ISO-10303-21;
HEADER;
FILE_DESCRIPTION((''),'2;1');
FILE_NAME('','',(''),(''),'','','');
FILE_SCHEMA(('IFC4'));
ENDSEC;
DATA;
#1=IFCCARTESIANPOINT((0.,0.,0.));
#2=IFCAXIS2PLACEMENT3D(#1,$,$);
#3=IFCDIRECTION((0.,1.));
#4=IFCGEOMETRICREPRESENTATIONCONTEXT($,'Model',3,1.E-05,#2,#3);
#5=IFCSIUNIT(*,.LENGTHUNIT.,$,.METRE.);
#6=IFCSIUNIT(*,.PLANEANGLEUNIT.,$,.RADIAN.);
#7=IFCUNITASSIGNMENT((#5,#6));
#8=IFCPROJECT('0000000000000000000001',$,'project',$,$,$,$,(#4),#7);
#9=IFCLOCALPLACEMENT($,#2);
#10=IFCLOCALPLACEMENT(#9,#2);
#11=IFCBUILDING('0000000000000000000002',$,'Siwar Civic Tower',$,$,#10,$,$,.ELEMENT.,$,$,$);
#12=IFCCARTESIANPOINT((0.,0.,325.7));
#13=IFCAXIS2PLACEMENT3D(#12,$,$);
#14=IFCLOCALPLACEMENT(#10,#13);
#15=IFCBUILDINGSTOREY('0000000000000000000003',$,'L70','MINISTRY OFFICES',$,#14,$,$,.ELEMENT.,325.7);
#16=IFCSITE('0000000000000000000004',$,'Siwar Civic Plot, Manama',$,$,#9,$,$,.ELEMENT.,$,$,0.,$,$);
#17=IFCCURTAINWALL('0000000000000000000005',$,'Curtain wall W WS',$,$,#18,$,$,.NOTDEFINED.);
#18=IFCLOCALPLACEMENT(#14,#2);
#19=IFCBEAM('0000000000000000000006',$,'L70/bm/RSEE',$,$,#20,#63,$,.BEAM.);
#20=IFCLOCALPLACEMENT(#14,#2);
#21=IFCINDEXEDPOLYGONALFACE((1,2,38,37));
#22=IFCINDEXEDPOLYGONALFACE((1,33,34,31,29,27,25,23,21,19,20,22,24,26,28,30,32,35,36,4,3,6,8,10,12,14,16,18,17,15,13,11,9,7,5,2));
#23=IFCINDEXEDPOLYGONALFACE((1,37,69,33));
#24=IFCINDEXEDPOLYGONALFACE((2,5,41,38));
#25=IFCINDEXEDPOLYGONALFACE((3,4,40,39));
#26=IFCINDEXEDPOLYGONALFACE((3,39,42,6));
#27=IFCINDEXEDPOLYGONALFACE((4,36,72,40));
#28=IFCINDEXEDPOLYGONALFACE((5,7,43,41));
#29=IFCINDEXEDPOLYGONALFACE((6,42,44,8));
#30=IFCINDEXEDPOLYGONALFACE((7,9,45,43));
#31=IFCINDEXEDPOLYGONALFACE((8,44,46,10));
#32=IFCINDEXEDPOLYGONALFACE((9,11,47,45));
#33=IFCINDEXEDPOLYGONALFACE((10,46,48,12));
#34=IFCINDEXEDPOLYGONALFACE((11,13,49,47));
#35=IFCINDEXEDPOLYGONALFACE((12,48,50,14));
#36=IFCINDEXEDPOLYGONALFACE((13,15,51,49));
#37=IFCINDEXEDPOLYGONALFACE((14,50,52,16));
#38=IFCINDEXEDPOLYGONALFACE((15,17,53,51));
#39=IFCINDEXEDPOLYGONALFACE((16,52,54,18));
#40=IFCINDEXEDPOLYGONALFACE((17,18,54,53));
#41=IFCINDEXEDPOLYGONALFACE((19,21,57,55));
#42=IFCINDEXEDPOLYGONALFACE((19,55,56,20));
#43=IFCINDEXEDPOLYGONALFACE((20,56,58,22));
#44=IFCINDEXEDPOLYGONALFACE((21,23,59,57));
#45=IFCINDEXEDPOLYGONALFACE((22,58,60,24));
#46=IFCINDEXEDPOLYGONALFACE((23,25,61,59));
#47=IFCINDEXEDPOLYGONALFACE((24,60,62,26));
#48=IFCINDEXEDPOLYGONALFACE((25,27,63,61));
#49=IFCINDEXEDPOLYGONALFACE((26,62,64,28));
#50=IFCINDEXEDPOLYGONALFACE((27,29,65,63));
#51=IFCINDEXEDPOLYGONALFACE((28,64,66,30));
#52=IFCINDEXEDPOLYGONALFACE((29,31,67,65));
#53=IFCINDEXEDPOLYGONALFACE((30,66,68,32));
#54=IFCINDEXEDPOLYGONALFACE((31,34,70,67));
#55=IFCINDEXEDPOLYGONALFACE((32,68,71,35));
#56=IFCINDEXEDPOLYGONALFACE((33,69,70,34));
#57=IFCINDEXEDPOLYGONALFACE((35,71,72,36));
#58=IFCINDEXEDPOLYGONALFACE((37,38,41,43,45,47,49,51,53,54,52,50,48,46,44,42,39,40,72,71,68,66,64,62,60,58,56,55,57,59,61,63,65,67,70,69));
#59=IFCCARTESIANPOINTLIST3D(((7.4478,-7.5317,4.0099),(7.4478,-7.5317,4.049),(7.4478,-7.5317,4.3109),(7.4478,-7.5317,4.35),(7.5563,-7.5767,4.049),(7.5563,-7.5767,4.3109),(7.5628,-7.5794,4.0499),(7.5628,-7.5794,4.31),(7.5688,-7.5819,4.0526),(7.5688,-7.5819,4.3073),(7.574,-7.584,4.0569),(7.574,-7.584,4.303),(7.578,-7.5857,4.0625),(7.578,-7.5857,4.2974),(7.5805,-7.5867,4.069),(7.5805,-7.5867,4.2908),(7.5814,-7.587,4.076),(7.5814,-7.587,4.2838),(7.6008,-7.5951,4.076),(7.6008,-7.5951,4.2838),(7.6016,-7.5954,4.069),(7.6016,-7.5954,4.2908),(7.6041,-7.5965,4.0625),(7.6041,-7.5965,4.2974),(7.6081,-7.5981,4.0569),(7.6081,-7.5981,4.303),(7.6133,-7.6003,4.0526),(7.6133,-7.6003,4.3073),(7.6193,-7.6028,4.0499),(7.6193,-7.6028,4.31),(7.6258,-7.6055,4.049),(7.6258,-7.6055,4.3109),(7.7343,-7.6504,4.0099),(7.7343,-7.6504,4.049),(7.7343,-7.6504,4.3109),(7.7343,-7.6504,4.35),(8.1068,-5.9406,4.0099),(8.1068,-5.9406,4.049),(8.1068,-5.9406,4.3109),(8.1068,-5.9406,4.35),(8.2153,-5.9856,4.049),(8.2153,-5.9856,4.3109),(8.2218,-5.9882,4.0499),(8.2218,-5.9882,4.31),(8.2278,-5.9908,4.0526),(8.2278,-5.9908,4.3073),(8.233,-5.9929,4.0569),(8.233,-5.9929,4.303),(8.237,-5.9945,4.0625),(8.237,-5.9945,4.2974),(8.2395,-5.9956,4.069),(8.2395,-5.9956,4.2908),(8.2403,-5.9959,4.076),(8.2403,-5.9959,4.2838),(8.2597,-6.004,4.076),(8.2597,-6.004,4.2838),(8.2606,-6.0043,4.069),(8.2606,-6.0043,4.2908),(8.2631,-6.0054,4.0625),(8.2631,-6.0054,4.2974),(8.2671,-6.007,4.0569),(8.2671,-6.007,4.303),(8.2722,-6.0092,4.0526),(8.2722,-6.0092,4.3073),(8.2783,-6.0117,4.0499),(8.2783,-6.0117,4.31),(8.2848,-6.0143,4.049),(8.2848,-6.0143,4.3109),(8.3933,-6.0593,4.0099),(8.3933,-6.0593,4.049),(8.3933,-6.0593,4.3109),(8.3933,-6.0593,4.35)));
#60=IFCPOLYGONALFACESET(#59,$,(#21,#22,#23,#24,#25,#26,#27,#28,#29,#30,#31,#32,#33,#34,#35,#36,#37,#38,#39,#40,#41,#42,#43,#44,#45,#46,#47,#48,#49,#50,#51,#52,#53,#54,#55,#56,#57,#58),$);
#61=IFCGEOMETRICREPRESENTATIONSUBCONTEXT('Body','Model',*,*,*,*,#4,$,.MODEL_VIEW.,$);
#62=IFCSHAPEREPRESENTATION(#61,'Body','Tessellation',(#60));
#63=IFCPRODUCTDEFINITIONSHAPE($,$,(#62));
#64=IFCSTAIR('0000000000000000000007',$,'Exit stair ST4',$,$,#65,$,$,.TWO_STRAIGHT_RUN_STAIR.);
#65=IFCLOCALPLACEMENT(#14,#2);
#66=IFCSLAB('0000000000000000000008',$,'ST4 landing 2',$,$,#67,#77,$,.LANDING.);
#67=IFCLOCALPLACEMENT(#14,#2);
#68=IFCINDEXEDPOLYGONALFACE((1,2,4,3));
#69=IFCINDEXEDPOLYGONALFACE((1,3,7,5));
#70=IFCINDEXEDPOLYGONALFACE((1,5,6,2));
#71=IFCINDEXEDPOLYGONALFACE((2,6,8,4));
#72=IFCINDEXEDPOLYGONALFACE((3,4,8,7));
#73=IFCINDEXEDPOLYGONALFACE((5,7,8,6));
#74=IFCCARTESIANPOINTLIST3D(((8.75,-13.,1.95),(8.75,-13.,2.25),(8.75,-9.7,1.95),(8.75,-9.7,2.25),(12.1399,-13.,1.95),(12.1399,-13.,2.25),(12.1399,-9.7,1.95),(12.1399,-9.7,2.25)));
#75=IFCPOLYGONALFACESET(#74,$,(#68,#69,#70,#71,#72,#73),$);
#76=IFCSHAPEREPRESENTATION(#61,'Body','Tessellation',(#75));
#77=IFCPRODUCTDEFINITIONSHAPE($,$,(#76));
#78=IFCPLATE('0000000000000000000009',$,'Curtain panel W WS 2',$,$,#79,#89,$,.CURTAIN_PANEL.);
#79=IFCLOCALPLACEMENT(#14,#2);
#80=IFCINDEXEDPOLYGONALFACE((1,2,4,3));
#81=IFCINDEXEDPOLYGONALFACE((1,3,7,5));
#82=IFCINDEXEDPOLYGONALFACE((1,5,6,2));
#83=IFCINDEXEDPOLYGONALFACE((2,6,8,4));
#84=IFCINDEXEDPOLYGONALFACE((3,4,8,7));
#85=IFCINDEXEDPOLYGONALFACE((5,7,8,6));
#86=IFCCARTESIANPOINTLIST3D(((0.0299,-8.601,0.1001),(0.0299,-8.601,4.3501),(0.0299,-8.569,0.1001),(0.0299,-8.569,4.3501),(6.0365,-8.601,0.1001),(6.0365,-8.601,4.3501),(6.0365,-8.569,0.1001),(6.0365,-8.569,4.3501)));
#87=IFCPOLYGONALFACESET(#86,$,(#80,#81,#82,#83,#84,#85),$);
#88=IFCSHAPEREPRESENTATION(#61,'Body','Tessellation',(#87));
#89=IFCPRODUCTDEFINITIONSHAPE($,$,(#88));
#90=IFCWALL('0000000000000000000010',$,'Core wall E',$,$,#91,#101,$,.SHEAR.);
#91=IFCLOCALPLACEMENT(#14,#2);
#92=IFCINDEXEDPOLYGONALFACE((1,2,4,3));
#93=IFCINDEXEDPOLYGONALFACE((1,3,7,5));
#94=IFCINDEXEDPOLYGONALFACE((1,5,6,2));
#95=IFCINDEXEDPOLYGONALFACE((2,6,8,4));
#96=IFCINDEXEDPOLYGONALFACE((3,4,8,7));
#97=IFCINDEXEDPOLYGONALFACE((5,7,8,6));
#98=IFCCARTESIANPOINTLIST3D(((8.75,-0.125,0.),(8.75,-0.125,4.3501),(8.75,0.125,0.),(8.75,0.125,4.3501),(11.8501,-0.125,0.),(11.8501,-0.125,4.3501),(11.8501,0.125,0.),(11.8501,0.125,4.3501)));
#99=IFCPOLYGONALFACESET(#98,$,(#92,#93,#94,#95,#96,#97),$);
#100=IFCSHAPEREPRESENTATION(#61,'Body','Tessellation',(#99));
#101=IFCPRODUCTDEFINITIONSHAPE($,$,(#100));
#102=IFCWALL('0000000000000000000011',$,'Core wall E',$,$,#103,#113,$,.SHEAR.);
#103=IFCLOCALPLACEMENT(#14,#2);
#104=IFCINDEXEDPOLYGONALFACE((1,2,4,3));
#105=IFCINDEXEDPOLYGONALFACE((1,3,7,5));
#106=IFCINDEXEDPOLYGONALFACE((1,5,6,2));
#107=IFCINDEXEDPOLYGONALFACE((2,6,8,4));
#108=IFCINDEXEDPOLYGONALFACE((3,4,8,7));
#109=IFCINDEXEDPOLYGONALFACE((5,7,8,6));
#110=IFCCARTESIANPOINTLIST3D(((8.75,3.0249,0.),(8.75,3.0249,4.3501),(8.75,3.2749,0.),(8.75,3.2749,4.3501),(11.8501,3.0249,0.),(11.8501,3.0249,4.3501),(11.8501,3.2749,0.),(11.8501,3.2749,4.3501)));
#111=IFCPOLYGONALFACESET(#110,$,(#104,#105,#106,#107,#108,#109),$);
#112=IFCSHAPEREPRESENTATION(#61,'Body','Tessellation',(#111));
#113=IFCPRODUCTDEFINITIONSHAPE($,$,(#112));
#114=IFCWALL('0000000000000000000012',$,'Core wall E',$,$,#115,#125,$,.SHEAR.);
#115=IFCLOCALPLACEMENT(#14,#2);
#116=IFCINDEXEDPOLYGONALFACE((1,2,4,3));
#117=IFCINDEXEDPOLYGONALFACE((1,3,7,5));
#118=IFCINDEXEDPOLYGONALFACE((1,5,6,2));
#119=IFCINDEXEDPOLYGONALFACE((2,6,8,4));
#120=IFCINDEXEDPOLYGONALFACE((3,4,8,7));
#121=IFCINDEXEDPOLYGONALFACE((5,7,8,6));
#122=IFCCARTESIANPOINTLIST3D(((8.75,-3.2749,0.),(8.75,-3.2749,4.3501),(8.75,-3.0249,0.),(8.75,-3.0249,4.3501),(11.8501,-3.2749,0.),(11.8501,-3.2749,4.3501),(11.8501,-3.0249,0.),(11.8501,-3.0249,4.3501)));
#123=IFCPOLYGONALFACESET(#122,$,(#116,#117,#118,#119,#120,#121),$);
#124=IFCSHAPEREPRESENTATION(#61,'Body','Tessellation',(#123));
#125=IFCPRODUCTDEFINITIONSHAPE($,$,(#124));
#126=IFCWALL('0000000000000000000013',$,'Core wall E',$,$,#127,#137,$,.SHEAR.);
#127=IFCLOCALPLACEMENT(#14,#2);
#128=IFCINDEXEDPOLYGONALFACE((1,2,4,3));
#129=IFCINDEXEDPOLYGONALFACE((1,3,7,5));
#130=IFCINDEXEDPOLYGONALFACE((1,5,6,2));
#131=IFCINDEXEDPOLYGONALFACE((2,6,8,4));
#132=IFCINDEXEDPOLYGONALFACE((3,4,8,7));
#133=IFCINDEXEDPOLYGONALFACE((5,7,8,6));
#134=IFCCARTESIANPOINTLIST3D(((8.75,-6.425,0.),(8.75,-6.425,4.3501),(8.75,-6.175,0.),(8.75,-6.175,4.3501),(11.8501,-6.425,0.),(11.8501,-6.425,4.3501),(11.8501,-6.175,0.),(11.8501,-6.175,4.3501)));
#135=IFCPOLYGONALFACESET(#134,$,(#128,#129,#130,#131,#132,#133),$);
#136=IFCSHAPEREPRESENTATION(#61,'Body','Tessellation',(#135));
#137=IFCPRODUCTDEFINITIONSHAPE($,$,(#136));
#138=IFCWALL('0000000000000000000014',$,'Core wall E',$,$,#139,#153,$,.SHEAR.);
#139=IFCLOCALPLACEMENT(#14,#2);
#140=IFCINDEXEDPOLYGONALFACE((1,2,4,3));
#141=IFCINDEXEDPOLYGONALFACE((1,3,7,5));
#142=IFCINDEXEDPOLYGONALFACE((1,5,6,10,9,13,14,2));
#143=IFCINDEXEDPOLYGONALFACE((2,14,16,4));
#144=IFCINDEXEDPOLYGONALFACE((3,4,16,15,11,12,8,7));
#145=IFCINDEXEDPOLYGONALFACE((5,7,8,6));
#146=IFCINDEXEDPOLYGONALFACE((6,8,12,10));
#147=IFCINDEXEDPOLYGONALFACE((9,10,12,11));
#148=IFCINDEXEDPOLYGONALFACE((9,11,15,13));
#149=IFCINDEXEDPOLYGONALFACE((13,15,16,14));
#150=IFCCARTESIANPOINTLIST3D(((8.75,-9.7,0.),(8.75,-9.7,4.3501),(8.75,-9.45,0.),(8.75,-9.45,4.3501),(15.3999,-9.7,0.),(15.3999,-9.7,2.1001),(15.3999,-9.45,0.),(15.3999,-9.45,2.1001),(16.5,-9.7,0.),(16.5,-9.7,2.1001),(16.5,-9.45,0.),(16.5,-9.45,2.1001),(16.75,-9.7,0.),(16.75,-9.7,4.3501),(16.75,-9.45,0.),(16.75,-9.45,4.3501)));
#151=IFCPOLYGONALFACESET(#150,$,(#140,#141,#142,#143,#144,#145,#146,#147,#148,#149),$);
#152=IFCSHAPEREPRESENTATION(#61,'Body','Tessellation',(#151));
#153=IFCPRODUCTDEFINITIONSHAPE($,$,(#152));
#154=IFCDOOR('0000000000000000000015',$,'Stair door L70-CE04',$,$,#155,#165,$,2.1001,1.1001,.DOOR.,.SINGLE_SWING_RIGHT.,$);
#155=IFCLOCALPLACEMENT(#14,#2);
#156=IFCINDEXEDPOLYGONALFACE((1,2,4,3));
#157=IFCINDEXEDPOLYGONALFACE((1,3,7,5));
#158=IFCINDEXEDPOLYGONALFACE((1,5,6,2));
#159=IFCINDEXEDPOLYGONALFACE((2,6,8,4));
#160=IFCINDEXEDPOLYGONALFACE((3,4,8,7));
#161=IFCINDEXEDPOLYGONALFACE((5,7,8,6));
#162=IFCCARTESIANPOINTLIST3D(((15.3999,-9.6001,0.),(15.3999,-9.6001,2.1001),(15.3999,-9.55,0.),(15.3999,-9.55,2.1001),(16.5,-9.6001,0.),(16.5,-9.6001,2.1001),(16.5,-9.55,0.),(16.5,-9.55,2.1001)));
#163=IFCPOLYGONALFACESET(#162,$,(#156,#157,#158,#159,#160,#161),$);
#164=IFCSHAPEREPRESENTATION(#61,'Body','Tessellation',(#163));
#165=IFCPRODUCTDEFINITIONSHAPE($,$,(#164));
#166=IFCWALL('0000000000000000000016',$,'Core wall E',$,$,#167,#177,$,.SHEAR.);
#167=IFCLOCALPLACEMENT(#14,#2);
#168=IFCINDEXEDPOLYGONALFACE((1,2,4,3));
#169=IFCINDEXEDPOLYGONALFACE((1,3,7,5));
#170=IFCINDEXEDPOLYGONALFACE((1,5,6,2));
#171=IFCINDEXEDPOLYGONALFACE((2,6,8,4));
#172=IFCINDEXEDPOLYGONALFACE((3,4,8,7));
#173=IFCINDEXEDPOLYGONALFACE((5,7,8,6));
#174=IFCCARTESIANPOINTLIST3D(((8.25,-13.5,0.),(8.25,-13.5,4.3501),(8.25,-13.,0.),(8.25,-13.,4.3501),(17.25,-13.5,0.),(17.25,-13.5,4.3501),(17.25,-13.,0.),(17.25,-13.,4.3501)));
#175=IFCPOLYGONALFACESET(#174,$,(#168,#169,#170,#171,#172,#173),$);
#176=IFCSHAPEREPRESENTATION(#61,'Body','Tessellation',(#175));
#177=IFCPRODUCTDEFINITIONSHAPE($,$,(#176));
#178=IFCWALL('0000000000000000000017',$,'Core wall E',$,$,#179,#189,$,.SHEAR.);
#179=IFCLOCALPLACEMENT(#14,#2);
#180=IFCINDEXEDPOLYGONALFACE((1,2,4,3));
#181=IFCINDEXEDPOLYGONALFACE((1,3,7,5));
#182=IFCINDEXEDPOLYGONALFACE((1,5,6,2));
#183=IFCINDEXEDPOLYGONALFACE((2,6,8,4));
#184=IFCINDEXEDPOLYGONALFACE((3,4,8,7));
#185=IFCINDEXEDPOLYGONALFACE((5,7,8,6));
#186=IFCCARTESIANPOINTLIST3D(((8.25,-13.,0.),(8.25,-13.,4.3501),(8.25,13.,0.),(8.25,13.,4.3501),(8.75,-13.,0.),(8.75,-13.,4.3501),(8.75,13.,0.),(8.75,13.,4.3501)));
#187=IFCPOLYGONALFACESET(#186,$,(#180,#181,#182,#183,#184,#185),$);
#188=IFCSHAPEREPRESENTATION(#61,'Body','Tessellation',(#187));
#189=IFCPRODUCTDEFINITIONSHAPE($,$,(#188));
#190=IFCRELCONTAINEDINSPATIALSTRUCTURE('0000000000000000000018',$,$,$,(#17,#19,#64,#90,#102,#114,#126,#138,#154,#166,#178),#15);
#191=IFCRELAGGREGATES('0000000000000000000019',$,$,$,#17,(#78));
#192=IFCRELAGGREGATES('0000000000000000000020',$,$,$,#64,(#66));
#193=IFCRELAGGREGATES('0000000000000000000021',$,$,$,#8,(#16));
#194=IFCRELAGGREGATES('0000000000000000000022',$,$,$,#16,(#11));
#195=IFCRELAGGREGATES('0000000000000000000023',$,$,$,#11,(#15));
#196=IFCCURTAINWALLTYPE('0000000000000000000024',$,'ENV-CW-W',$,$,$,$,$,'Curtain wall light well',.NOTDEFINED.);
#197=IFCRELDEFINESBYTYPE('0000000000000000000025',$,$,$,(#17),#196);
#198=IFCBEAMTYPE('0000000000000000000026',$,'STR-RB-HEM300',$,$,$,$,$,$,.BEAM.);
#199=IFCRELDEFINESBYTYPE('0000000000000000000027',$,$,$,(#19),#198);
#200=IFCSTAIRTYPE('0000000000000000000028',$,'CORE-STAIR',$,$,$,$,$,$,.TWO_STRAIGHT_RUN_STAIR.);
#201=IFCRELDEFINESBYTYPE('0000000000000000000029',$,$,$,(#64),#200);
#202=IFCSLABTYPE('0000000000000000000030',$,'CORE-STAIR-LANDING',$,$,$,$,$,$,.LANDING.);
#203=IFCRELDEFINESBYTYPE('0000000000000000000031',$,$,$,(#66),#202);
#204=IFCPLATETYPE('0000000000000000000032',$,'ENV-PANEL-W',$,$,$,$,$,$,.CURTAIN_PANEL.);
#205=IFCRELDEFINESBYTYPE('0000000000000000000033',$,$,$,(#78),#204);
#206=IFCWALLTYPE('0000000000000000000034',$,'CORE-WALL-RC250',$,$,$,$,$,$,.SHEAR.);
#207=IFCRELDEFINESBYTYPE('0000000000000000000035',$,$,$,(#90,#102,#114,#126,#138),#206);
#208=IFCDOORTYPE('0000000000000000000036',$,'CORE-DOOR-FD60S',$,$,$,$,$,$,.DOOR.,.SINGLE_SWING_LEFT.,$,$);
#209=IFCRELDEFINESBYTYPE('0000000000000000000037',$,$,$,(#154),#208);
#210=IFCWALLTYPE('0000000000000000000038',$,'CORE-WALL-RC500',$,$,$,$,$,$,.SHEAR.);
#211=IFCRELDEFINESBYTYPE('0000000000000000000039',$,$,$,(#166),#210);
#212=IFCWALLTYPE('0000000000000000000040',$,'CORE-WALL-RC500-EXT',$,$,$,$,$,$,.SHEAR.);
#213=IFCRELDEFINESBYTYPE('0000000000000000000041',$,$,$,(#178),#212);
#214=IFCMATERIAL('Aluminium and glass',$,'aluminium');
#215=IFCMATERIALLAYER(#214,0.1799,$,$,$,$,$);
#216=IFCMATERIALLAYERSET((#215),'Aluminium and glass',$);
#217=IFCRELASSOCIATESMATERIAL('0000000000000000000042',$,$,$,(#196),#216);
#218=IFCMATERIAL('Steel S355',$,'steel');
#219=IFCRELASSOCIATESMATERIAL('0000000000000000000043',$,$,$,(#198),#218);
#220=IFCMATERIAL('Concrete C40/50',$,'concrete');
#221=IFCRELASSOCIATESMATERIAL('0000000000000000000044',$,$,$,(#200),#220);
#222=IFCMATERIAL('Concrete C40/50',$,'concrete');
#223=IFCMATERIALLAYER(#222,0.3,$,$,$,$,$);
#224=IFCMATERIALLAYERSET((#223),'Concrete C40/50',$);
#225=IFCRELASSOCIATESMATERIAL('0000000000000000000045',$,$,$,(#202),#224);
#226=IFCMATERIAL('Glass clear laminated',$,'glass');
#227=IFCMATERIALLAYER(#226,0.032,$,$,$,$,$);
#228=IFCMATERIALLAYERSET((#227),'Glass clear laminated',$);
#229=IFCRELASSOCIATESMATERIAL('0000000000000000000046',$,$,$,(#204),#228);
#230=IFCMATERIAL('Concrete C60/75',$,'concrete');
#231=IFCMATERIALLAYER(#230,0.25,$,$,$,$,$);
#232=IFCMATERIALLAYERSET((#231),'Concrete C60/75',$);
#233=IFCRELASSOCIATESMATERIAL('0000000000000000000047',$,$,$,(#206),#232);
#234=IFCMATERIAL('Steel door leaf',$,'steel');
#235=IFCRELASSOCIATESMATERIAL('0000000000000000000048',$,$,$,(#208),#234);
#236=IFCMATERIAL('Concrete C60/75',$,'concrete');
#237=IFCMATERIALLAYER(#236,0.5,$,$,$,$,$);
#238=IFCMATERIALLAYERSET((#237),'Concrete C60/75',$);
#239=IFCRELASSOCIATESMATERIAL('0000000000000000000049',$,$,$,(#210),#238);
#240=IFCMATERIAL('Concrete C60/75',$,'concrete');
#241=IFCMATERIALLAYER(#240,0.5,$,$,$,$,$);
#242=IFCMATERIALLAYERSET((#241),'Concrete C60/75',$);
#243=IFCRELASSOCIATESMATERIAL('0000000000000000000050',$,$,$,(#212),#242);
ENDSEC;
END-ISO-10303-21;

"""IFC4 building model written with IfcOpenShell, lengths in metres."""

from ifc_helpers import new_model, si_unit, direction, frame, frame_2d, origin, origin_2d, place, context, subcontext, project, spatial, polyline, rectangle, i_section, outline, extrude, material, layer, layer_set, material_profile, profile_set, type_object, element, fill, aggregate, save


model = new_model("IFC4")

# Units and contexts
model_context = context("Model", 3, precision=1e-05, world=origin(), true_north=direction((0.0, 1.0)))
body_context = subcontext(model_context, "Body", "Model", "MODEL_VIEW")
ifc_project = project(units=[si_unit("LENGTHUNIT", "METRE"), si_unit("PLANEANGLEUNIT", "RADIAN")], contexts=[model_context])

# Site, building, storey
site_placement = place(None, origin())
site = spatial("IfcSite", under=ifc_project, at=site_placement, Name="Siwar Civic Plot, Manama", CompositionType="ELEMENT", RefElevation=0.0)
building_placement = place(site_placement, origin())
building = spatial("IfcBuilding", under=site, at=building_placement, Name="Siwar Civic Tower", CompositionType="ELEMENT")
storey_placement = place(building_placement, frame((0.0, 0.0, 325.7)))
storey = spatial("IfcBuildingStorey", under=building, at=storey_placement, Name="L70", Description="MINISTRY OFFICES", CompositionType="ELEMENT", Elevation=325.7)

# Curtain wall
ifc_material_1 = material(Name="Aluminium and glass", Category="aluminium")
ifc_layer_1 = layer(ifc_material_1, 0.1799)
ifc_layer_set_1 = layer_set([ifc_layer_1], Name="Aluminium and glass")
curtain_wall_type = type_object("IfcCurtainWallType", Name="ENV-CW-W", ElementType="Curtain wall light well", PredefinedType="NOTDEFINED", material=ifc_layer_set_1)
curtain_wall_placement = place(storey_placement, origin())
curtain_wall = element("IfcCurtainWall", 1, at=curtain_wall_placement, inside=storey, type_object=curtain_wall_type, Name="Curtain wall W WS", PredefinedType="NOTDEFINED")

# Beam
ifc_material_2 = material(Name="Steel S355", Category="steel")
ifc_material_profile_1 = material_profile(ifc_material_2, i_section(OverallWidth=0.3101, OverallDepth=0.3401, WebThickness=0.021, FlangeThickness=0.0391, FilletRadius=0.0271, at=origin_2d()), Name="HEM300")
ifc_profile_set_1 = profile_set([ifc_material_profile_1], Name="Steel S355")
beam_type_1 = type_object("IfcBeamType", Name="STR-RB-HEM300", PredefinedType="BEAM", material=ifc_profile_set_1)
for number, where, z_axis, x_axis, name in (
    (2, (7.5911, -7.5911, 4.1799), (0.382631, 0.923901, 0.0), (-0.923901, 0.382631, 0.0), "L70/bm/RSEE"),
):
    element("IfcBeam", number, at=place(storey_placement, frame(where, z_axis=z_axis, x_axis=x_axis)), inside=storey, type_object=beam_type_1, Name=name, PredefinedType="BEAM", context=body_context, shape_type="SweptSolid", body=[
        extrude(i_section(OverallWidth=0.3101, OverallDepth=0.3401, WebThickness=0.021, FlangeThickness=0.0391, FilletRadius=0.0271, at=origin_2d()), origin(), (0.0, 0.0, 1.0), 1.7222),
    ])

# Stair, slab
ifc_material_3 = material(Name="Concrete C40/50", Category="concrete")
stair_type = type_object("IfcStairType", Name="CORE-STAIR", PredefinedType="TWO_STRAIGHT_RUN_STAIR", material=ifc_material_3)
stair_placement = place(storey_placement, origin())
stair = element("IfcStair", 3, at=stair_placement, inside=storey, type_object=stair_type, Name="Exit stair ST4", PredefinedType="TWO_STRAIGHT_RUN_STAIR")
ifc_material_4 = material(Name="Concrete C40/50", Category="concrete")
ifc_layer_2 = layer(ifc_material_4, 0.3)
ifc_layer_set_2 = layer_set([ifc_layer_2], Name="Concrete C40/50")
slab_type_1 = type_object("IfcSlabType", Name="CORE-STAIR-LANDING", PredefinedType="LANDING", material=ifc_layer_set_2)
slab_1_placement = place(storey_placement, frame((0.0, 0.0, 1.95)))
slab_1 = element("IfcSlab", 4, at=slab_1_placement, type_object=slab_type_1, Name="ST4 landing 2", PredefinedType="LANDING", context=body_context, shape_type="SweptSolid", body=[
    extrude(outline(polyline([(8.75, -13.0), (12.1399, -13.0), (12.1399, -9.7), (8.75, -9.7), (8.75, -13.0)])), origin(), (0.0, 0.0, 1.0), 0.3),
])

# Plate
ifc_material_5 = material(Name="Glass clear laminated", Category="glass")
ifc_layer_3 = layer(ifc_material_5, 0.032)
ifc_layer_set_3 = layer_set([ifc_layer_3], Name="Glass clear laminated")
plate_type = type_object("IfcPlateType", Name="ENV-PANEL-W", PredefinedType="CURTAIN_PANEL", material=ifc_layer_set_3)
plate_placement = place(storey_placement, frame((3.0332, -8.585, 0.1001), z_axis=(0.0, 0.0, 1.0), x_axis=(1.0, 0.0, 0.0)))
plate = element("IfcPlate", 5, at=plate_placement, type_object=plate_type, Name="Curtain panel W WS 2", PredefinedType="CURTAIN_PANEL", context=body_context, shape_type="SweptSolid", body=[
    extrude(rectangle(XDim=6.0066, YDim=0.032, at=origin_2d()), origin(), (0.0, 0.0, 1.0), 4.25),
])
aggregate(curtain_wall, [plate])

# Walls
ifc_material_6 = material(Name="Concrete C60/75", Category="concrete")
ifc_layer_4 = layer(ifc_material_6, 0.25)
ifc_layer_set_4 = layer_set([ifc_layer_4], Name="Concrete C60/75")
wall_type_1 = type_object("IfcWallType", Name="CORE-WALL-RC250", PredefinedType="SHEAR", material=ifc_layer_set_4)
for number, where, z_axis, x_axis, name in (
    (6, (8.75, 0.0, 0.0), (0.0, 0.0, 1.0), (1.0, 0.0, 0.0), "Core wall E"),
    (7, (8.75, 3.1499, 0.0), (0.0, 0.0, 1.0), (1.0, 0.0, 0.0), "Core wall E"),
    (8, (8.75, -3.1499, 0.0), (0.0, 0.0, 1.0), (1.0, 0.0, 0.0), "Core wall E"),
    (9, (8.75, -6.3, 0.0), (0.0, 0.0, 1.0), (1.0, 0.0, 0.0), "Core wall E"),
):
    element("IfcWall", number, at=place(storey_placement, frame(where, z_axis=z_axis, x_axis=x_axis)), inside=storey, type_object=wall_type_1, Name=name, PredefinedType="SHEAR", context=body_context, shape_type="SweptSolid", body=[
        extrude(rectangle(XDim=3.1001, YDim=0.25, at=frame_2d((1.55, 0.0))), origin(), (0.0, 0.0, 1.0), 4.3501),
    ])

# Wall, opening, door
wall_1_placement = place(storey_placement, frame((8.75, -9.575, 0.0), z_axis=(0.0, 0.0, 1.0), x_axis=(1.0, 0.0, 0.0)))
wall_1 = element("IfcWall", 10, at=wall_1_placement, inside=storey, type_object=wall_type_1, Name="Core wall E", PredefinedType="SHEAR", context=body_context, shape_type="SweptSolid", body=[
    extrude(rectangle(XDim=8.0, YDim=0.25, at=frame_2d((4.0, 0.0))), origin(), (0.0, 0.0, 1.0), 4.3501),
])
opening_placement = place(wall_1_placement, frame((6.6499, 0.0, 0.0)))
opening = element("IfcOpeningElement", 11, at=opening_placement, cuts=wall_1, PredefinedType="OPENING", context=body_context, shape_type="SweptSolid", body=[
    extrude(rectangle(XDim=1.1001, YDim=2.1001, at=frame_2d((0.55, 1.05))), frame((0.0, 0.135, 0.0), z_axis=(0.0, -1.0, 0.0), x_axis=(1.0, 0.0, 0.0)), (0.0, 0.0, 1.0), 0.27),
])
ifc_material_7 = material(Name="Steel door leaf", Category="steel")
door_type = type_object("IfcDoorType", Name="CORE-DOOR-FD60S", OperationType="SINGLE_SWING_LEFT", PredefinedType="DOOR", material=ifc_material_7)
door_placement = place(opening_placement, origin())
door = element("IfcDoor", 12, at=door_placement, inside=storey, type_object=door_type, Name="Stair door L70-CE04", OperationType="SINGLE_SWING_RIGHT", OverallHeight=2.1001, OverallWidth=1.1001, PredefinedType="DOOR", context=body_context, shape_type="SweptSolid", body=[
    extrude(rectangle(XDim=1.1001, YDim=2.1001, at=frame_2d((0.55, 1.05))), frame((0.0, 0.0249, 0.0), z_axis=(0.0, -1.0, 0.0), x_axis=(1.0, 0.0, 0.0)), (0.0, 0.0, 1.0), 0.05),
])
fill(opening, door)

# Walls
ifc_material_8 = material(Name="Concrete C60/75", Category="concrete")
ifc_layer_5 = layer(ifc_material_8, 0.5)
ifc_layer_set_5 = layer_set([ifc_layer_5], Name="Concrete C60/75")
wall_type_2 = type_object("IfcWallType", Name="CORE-WALL-RC500", PredefinedType="SHEAR", material=ifc_layer_set_5)
wall_2_placement = place(storey_placement, frame((8.25, -13.25, 0.0), z_axis=(0.0, 0.0, 1.0), x_axis=(1.0, 0.0, 0.0)))
element("IfcWall", 13, at=wall_2_placement, inside=storey, type_object=wall_type_2, Name="Core wall E", PredefinedType="SHEAR", context=body_context, shape_type="SweptSolid", body=[
    extrude(rectangle(XDim=9.0, YDim=0.5, at=frame_2d((4.5, 0.0))), origin(), (0.0, 0.0, 1.0), 4.3501),
])
ifc_material_9 = material(Name="Concrete C60/75", Category="concrete")
ifc_layer_6 = layer(ifc_material_9, 0.5)
ifc_layer_set_6 = layer_set([ifc_layer_6], Name="Concrete C60/75")
wall_type_3 = type_object("IfcWallType", Name="CORE-WALL-RC500-EXT", PredefinedType="SHEAR", material=ifc_layer_set_6)
wall_3_placement = place(storey_placement, frame((8.5, -13.0, 0.0), z_axis=(0.0, 0.0, 1.0), x_axis=(0.0, 1.0, 0.0)))
element("IfcWall", 14, at=wall_3_placement, inside=storey, type_object=wall_type_3, Name="Core wall E", PredefinedType="SHEAR", context=body_context, shape_type="SweptSolid", body=[
    extrude(rectangle(XDim=26.0, YDim=0.5, at=frame_2d((13.0, 0.0))), origin(), (0.0, 0.0, 1.0), 4.3501),
])

aggregate(stair, [slab_1])

save(model, "model.ifc")
